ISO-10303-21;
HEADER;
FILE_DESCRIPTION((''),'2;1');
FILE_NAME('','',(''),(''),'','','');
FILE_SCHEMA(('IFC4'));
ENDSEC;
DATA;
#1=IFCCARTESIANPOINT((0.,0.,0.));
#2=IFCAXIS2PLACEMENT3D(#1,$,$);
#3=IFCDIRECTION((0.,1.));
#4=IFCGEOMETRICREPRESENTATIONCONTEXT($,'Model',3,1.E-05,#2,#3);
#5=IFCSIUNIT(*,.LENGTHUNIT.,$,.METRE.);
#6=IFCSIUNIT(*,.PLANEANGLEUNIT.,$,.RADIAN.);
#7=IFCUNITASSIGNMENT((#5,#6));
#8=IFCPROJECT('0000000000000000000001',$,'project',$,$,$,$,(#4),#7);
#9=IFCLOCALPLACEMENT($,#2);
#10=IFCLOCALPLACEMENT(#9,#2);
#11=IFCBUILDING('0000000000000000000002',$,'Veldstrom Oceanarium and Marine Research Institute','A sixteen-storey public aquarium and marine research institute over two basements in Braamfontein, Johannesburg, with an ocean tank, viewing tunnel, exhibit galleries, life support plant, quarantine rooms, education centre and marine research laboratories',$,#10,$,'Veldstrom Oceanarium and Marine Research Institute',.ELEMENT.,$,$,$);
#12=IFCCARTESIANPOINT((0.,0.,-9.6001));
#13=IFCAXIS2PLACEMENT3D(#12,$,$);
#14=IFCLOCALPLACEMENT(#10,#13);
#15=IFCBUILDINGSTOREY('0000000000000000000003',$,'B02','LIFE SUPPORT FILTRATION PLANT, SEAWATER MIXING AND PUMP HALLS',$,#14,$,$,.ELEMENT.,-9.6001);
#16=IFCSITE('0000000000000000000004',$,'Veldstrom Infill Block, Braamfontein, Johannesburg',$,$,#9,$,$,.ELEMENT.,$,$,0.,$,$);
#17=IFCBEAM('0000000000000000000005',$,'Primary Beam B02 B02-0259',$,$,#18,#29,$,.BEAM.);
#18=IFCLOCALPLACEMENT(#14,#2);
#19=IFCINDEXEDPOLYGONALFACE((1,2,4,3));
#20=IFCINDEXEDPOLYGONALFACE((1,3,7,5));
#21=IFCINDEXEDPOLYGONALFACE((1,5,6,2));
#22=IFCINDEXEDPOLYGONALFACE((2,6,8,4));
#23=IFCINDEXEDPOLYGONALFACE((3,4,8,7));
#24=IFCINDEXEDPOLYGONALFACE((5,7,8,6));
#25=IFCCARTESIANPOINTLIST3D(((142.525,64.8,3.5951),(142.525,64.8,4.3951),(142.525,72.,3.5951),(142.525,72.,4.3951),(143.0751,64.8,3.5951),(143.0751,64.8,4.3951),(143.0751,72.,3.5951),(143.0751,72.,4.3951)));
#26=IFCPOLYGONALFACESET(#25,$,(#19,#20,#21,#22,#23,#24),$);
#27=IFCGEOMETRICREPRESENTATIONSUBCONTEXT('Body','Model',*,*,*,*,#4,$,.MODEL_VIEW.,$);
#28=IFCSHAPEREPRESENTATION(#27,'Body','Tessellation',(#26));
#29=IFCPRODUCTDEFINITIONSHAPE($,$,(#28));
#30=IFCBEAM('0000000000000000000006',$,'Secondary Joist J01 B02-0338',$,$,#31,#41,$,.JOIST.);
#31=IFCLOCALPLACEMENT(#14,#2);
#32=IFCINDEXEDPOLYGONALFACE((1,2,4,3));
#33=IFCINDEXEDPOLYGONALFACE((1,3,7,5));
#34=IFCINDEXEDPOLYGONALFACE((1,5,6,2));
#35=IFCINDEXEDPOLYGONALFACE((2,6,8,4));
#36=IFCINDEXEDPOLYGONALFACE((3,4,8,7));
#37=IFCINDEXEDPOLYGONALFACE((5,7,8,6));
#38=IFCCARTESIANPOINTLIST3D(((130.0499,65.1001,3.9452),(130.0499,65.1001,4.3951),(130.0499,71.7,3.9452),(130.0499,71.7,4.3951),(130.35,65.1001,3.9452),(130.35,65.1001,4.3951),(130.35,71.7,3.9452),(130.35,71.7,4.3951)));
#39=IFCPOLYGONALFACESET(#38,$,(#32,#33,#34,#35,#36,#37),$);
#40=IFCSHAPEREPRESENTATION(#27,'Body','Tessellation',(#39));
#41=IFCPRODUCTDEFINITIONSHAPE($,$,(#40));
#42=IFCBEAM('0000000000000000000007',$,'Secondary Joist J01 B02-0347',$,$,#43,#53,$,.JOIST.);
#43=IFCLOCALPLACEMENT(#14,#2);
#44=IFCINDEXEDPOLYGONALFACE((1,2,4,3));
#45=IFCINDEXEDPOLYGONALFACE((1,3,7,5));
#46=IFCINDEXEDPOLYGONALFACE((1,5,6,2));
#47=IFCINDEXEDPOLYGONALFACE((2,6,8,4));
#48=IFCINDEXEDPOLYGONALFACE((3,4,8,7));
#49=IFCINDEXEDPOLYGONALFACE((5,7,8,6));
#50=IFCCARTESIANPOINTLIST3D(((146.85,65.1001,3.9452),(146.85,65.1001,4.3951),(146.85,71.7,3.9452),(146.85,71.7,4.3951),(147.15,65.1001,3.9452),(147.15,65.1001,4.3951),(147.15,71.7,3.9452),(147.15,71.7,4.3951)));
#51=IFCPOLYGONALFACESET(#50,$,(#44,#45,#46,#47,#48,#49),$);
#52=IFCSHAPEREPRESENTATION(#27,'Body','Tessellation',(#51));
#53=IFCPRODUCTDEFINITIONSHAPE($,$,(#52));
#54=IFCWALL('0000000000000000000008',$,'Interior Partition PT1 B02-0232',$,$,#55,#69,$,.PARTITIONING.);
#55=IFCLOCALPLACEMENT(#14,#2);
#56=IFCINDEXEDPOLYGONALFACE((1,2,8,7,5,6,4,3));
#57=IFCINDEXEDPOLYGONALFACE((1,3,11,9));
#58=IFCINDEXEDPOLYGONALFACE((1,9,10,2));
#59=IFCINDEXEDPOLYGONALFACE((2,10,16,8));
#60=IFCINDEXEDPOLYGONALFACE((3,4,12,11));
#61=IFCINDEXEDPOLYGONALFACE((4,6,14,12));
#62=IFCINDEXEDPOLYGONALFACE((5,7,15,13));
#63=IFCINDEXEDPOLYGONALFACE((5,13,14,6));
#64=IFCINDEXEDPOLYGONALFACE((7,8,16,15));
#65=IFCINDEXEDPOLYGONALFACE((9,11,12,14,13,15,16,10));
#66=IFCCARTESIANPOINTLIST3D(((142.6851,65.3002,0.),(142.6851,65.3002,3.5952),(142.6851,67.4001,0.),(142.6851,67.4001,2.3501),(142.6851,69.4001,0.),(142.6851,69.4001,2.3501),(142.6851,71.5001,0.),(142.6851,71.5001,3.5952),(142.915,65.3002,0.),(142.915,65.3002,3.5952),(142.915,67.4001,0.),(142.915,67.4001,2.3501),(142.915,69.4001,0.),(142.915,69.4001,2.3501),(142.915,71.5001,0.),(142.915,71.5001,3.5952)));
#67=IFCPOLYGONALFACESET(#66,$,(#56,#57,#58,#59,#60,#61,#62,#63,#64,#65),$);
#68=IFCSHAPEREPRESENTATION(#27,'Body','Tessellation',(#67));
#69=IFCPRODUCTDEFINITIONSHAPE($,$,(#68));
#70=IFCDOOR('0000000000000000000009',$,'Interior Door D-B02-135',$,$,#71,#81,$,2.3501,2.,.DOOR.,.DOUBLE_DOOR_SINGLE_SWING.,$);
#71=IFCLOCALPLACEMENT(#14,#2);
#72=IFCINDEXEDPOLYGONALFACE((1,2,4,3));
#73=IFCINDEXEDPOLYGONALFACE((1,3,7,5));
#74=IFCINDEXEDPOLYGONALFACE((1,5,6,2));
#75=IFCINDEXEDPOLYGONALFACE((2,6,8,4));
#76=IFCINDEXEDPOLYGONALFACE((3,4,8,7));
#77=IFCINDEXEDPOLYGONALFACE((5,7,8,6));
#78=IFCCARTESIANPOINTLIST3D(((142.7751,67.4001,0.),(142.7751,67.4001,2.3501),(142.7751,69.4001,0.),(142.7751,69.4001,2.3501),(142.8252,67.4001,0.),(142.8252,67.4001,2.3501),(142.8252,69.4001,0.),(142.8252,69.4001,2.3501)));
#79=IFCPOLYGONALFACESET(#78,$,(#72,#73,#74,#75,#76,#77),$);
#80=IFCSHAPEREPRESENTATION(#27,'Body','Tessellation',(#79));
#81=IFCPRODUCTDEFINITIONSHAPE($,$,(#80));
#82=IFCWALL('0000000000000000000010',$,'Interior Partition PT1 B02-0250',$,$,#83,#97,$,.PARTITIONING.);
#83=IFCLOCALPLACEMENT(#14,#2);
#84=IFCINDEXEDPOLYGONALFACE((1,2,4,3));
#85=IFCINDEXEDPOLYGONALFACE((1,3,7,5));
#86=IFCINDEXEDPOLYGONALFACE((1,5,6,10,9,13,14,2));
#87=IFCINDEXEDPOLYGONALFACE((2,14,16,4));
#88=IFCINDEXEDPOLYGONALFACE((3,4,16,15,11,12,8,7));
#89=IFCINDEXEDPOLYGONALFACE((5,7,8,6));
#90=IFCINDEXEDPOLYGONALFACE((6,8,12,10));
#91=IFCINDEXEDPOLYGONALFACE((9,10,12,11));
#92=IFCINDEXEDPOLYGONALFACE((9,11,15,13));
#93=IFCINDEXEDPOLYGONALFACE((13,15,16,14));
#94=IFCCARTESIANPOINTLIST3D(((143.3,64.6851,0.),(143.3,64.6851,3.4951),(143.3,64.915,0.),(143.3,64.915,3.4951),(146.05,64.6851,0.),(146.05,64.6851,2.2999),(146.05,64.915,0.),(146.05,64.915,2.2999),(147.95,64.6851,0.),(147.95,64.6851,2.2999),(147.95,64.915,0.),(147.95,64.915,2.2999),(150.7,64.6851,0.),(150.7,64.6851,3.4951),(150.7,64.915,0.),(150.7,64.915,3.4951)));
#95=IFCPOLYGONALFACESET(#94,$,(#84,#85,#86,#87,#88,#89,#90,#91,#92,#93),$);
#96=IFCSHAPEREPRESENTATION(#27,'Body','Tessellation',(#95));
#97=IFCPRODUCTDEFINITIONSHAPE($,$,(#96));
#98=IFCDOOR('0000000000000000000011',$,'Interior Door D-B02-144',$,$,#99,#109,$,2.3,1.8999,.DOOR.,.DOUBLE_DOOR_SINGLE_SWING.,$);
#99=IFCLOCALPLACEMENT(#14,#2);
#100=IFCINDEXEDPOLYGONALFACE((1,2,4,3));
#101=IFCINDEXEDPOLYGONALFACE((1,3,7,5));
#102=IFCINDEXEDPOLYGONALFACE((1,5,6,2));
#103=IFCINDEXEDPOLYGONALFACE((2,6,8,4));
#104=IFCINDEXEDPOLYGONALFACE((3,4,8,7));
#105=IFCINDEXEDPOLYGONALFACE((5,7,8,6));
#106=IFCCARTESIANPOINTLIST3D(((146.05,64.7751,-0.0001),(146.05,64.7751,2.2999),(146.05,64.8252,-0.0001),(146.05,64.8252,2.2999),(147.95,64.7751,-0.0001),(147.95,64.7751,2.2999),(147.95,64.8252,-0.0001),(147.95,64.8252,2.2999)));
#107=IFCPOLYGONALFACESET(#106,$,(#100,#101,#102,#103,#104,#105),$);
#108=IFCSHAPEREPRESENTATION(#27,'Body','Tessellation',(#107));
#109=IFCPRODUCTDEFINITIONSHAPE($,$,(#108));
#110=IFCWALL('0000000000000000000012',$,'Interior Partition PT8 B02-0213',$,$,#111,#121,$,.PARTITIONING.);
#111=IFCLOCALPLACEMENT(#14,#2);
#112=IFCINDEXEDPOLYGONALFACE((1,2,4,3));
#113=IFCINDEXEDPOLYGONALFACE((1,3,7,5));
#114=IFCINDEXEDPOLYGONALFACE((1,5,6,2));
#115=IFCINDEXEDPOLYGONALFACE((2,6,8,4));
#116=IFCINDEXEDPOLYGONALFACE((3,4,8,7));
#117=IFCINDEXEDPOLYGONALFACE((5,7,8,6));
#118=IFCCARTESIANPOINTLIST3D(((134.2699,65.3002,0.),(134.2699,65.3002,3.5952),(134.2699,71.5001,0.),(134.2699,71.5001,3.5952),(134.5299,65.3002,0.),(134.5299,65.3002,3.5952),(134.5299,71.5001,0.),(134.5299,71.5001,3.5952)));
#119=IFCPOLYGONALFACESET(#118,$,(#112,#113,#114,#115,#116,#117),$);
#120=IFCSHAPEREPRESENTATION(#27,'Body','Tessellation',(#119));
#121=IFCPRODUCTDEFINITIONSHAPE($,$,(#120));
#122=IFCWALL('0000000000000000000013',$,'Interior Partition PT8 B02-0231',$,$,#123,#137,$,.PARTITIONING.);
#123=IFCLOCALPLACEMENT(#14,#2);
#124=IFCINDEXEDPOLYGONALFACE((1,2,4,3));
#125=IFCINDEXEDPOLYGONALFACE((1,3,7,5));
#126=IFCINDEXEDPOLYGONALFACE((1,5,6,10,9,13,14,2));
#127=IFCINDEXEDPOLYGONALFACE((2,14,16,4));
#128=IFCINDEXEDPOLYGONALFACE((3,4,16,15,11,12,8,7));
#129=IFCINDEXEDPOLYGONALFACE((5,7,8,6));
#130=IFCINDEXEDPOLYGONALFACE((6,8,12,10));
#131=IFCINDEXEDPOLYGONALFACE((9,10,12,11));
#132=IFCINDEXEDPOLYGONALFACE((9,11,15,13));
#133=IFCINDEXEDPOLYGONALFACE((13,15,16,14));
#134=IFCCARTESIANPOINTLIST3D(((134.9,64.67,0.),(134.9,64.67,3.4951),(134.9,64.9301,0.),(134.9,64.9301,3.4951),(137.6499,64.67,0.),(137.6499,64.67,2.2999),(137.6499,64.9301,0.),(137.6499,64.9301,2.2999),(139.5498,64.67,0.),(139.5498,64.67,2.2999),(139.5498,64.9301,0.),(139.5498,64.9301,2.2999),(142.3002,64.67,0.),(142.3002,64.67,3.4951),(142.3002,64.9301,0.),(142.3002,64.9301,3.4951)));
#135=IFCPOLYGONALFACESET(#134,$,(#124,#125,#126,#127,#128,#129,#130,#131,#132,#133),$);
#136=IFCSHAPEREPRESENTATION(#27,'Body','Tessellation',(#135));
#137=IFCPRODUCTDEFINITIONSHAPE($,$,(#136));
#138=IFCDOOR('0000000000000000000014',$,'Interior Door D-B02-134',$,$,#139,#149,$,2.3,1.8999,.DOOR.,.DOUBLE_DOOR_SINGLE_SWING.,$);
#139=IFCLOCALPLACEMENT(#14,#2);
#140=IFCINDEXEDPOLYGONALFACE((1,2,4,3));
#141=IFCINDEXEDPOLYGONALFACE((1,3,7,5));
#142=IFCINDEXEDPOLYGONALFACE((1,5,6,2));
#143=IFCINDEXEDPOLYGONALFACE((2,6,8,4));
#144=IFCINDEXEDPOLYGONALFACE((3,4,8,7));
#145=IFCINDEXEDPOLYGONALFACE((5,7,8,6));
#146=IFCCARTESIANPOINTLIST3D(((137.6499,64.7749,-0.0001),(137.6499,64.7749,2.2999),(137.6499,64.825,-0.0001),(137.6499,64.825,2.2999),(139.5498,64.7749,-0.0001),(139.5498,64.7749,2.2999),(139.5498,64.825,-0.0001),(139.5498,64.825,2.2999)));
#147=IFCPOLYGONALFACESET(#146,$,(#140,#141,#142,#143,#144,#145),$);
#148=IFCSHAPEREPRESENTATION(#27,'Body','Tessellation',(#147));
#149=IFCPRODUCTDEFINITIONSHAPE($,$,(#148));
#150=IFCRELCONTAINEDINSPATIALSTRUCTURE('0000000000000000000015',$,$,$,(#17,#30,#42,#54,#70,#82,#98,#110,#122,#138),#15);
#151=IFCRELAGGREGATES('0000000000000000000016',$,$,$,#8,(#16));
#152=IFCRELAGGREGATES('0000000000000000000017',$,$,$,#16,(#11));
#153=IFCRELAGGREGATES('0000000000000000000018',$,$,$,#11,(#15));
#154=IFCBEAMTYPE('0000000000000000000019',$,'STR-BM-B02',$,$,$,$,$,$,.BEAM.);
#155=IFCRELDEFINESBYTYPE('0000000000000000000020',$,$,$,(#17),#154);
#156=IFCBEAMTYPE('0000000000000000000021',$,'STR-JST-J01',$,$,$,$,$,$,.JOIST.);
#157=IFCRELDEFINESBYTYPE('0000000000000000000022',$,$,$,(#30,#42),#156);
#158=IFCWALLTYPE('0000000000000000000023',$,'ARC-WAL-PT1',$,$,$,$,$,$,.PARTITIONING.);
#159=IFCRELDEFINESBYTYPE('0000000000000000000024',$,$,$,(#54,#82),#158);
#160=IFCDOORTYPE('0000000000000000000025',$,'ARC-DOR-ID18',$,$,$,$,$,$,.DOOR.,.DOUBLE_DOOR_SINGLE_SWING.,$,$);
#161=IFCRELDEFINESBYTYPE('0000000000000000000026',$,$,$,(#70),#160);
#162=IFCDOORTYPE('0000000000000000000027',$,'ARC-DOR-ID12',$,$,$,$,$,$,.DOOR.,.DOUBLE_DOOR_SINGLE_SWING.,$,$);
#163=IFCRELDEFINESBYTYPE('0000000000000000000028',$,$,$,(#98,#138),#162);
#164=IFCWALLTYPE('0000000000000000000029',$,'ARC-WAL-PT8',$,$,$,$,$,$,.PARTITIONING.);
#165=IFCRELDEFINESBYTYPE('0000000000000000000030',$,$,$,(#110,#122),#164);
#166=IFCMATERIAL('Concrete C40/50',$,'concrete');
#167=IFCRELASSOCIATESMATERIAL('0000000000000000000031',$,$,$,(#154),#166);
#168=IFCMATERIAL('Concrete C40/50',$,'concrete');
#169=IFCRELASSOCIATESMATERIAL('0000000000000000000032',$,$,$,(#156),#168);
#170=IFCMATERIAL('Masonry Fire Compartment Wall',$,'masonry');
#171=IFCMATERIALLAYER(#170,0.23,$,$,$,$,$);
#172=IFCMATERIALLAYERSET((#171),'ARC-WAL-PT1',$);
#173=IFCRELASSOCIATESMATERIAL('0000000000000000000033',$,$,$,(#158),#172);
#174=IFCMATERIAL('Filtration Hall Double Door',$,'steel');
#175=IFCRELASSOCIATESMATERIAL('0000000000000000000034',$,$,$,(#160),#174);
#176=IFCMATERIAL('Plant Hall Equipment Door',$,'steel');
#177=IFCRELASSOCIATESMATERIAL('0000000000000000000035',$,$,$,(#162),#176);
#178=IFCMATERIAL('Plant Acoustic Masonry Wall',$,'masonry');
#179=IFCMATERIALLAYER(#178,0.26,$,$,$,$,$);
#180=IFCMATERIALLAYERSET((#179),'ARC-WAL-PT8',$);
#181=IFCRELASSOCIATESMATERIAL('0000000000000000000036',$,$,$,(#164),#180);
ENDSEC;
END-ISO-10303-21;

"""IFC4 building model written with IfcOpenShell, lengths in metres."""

from ifc_helpers import new_model, si_unit, direction, frame, frame_2d, origin, origin_2d, place, context, subcontext, project, spatial, rectangle, extrude, material, layer, layer_set, material_profile, profile_set, type_object, element, fill, save


model = new_model("IFC4")

# Units and contexts
model_context = context("Model", 3, precision=1e-05, world=origin(), true_north=direction((0.0, 1.0)))
body_context = subcontext(model_context, "Body", "Model", "MODEL_VIEW")
ifc_project = project(units=[si_unit("LENGTHUNIT", "METRE"), si_unit("PLANEANGLEUNIT", "RADIAN")], contexts=[model_context])

# Site, building, storey
site_placement = place(None, origin())
site = spatial("IfcSite", under=ifc_project, at=site_placement, Name="Veldstrom Infill Block, Braamfontein, Johannesburg", CompositionType="ELEMENT", RefElevation=0.0)
building_placement = place(site_placement, origin())
building = spatial("IfcBuilding", under=site, at=building_placement, Name="Veldstrom Oceanarium and Marine Research Institute", Description="A sixteen-storey public aquarium and marine research institute over two basements in Braamfontein, Johannesburg, with an ocean tank, viewing tunnel, exhibit galleries, life support plant, quarantine rooms, education centre and marine research laboratories", LongName="Veldstrom Oceanarium and Marine Research Institute", CompositionType="ELEMENT")
storey_placement = place(building_placement, frame((0.0, 0.0, -9.6001)))
storey = spatial("IfcBuildingStorey", under=building, at=storey_placement, Name="B02", Description="LIFE SUPPORT FILTRATION PLANT, SEAWATER MIXING AND PUMP HALLS", CompositionType="ELEMENT", Elevation=-9.6001)

# Beams
ifc_material_1 = material(Name="Concrete C40/50", Category="concrete")
ifc_material_profile_1 = material_profile(ifc_material_1, rectangle(XDim=0.55, YDim=0.8, at=origin_2d()), Name="RC-BM-550x800")
ifc_profile_set_1 = profile_set([ifc_material_profile_1], Name="Concrete C40/50")
beam_type_1 = type_object("IfcBeamType", Name="STR-BM-B02", PredefinedType="BEAM", material=ifc_profile_set_1)
for number, where, z_axis, x_axis, name in (
    (1, (142.8, 64.8, 3.9951), (0.0, 1.0, 0.0), (-1.0, 0.0, 0.0), "Primary Beam B02 B02-0259"),
):
    element("IfcBeam", number, at=place(storey_placement, frame(where, z_axis=z_axis, x_axis=x_axis)), inside=storey, type_object=beam_type_1, Name=name, PredefinedType="BEAM", context=body_context, shape_type="SweptSolid", body=[
        extrude(rectangle(XDim=0.55, YDim=0.8, at=origin_2d()), origin(), (0.0, 0.0, 1.0), 7.2),
    ])
ifc_material_2 = material(Name="Concrete C40/50", Category="concrete")
ifc_material_profile_2 = material_profile(ifc_material_2, rectangle(XDim=0.3, YDim=0.45, at=origin_2d()), Name="RC-JST-300x450")
ifc_profile_set_2 = profile_set([ifc_material_profile_2], Name="Concrete C40/50")
beam_type_2 = type_object("IfcBeamType", Name="STR-JST-J01", PredefinedType="JOIST", material=ifc_profile_set_2)
for number, where, z_axis, x_axis, name in (
    (2, (130.2, 65.1001, 4.1702), (0.0, 1.0, 0.0), (-1.0, 0.0, 0.0), "Secondary Joist J01 B02-0338"),
    (3, (147.0, 65.1001, 4.1702), (0.0, 1.0, 0.0), (-1.0, 0.0, 0.0), "Secondary Joist J01 B02-0347"),
):
    element("IfcBeam", number, at=place(storey_placement, frame(where, z_axis=z_axis, x_axis=x_axis)), inside=storey, type_object=beam_type_2, Name=name, PredefinedType="JOIST", context=body_context, shape_type="SweptSolid", body=[
        extrude(rectangle(XDim=0.3, YDim=0.45, at=origin_2d()), origin(), (0.0, 0.0, 1.0), 6.5999),
    ])

# Walls, openings, doors
ifc_material_3 = material(Name="Masonry Fire Compartment Wall", Category="masonry")
ifc_layer_1 = layer(ifc_material_3, 0.23)
ifc_layer_set_1 = layer_set([ifc_layer_1], Name="ARC-WAL-PT1")
wall_type_1 = type_object("IfcWallType", Name="ARC-WAL-PT1", PredefinedType="PARTITIONING", material=ifc_layer_set_1)
wall_1_placement = place(storey_placement, frame((142.8, 65.3, 0.0), z_axis=(0.0, 0.0, 1.0), x_axis=(0.0, 1.0, 0.0)))
wall_1 = element("IfcWall", 4, at=wall_1_placement, inside=storey, type_object=wall_type_1, Name="Interior Partition PT1 B02-0232", PredefinedType="PARTITIONING", context=body_context, shape_type="SweptSolid", body=[
    extrude(rectangle(XDim=6.2, YDim=0.23, at=frame_2d((3.1001, 0.0))), origin(), (0.0, 0.0, 1.0), 3.5952),
])
opening_1_placement = place(wall_1_placement, frame((2.1001, 0.0, 0.0)))
opening_1 = element("IfcOpeningElement", 5, at=opening_1_placement, cuts=wall_1, PredefinedType="OPENING", context=body_context, shape_type="SweptSolid", body=[
    extrude(rectangle(XDim=2.0, YDim=2.3501, at=frame_2d((1.0, 1.175))), frame((0.0, 0.125, 0.0), z_axis=(0.0, -1.0, 0.0), x_axis=(1.0, 0.0, 0.0)), (0.0, 0.0, 1.0), 0.25),
])
ifc_material_4 = material(Name="Filtration Hall Double Door", Category="steel")
door_type_1 = type_object("IfcDoorType", Name="ARC-DOR-ID18", OperationType="DOUBLE_DOOR_SINGLE_SWING", PredefinedType="DOOR", material=ifc_material_4)
door_1_placement = place(opening_1_placement, origin())
door_1 = element("IfcDoor", 6, at=door_1_placement, inside=storey, type_object=door_type_1, Name="Interior Door D-B02-135", OperationType="DOUBLE_DOOR_SINGLE_SWING", OverallHeight=2.3501, OverallWidth=2.0, PredefinedType="DOOR", context=body_context, shape_type="SweptSolid", body=[
    extrude(rectangle(XDim=2.0, YDim=2.3501, at=frame_2d((1.0, 1.175))), frame((0.0, 0.0249, 0.0), z_axis=(0.0, -1.0, 0.0), x_axis=(1.0, 0.0, 0.0)), (0.0, 0.0, 1.0), 0.05),
])
fill(opening_1, door_1)
wall_2_placement = place(storey_placement, frame((143.3, 64.8, 0.0), z_axis=(0.0, 0.0, 1.0), x_axis=(1.0, 0.0, 0.0)))
wall_2 = element("IfcWall", 7, at=wall_2_placement, inside=storey, type_object=wall_type_1, Name="Interior Partition PT1 B02-0250", PredefinedType="PARTITIONING", context=body_context, shape_type="SweptSolid", body=[
    extrude(rectangle(XDim=7.3999, YDim=0.23, at=frame_2d((3.7, 0.0))), origin(), (0.0, 0.0, 1.0), 3.4951),
])
opening_2_placement = place(wall_2_placement, frame((2.75, 0.0, 0.0)))
opening_2 = element("IfcOpeningElement", 8, at=opening_2_placement, cuts=wall_2, PredefinedType="OPENING", context=body_context, shape_type="SweptSolid", body=[
    extrude(rectangle(XDim=1.8999, YDim=2.3, at=frame_2d((0.95, 1.1499))), frame((0.0, 0.125, 0.0), z_axis=(0.0, -1.0, 0.0), x_axis=(1.0, 0.0, 0.0)), (0.0, 0.0, 1.0), 0.25),
])
ifc_material_5 = material(Name="Plant Hall Equipment Door", Category="steel")
door_type_2 = type_object("IfcDoorType", Name="ARC-DOR-ID12", OperationType="DOUBLE_DOOR_SINGLE_SWING", PredefinedType="DOOR", material=ifc_material_5)
door_2_placement = place(opening_2_placement, frame((1.8999, 0.0, 0.0), z_axis=(0.0, 0.0, 1.0), x_axis=(-1.0, 0.0, 0.0)))
door_2 = element("IfcDoor", 9, at=door_2_placement, inside=storey, type_object=door_type_2, Name="Interior Door D-B02-144", OperationType="DOUBLE_DOOR_SINGLE_SWING", OverallHeight=2.3, OverallWidth=1.8999, PredefinedType="DOOR", context=body_context, shape_type="SweptSolid", body=[
    extrude(rectangle(XDim=1.8999, YDim=2.3, at=frame_2d((0.95, 1.1499))), frame((0.0, 0.0249, 0.0), z_axis=(0.0, -1.0, 0.0), x_axis=(1.0, 0.0, 0.0)), (0.0, 0.0, 1.0), 0.05),
])
fill(opening_2, door_2)

# Wall
ifc_material_6 = material(Name="Plant Acoustic Masonry Wall", Category="masonry")
ifc_layer_2 = layer(ifc_material_6, 0.26)
ifc_layer_set_2 = layer_set([ifc_layer_2], Name="ARC-WAL-PT8")
wall_type_2 = type_object("IfcWallType", Name="ARC-WAL-PT8", PredefinedType="PARTITIONING", material=ifc_layer_set_2)
wall_3_placement = place(storey_placement, frame((134.3999, 65.3, 0.0), z_axis=(0.0, 0.0, 1.0), x_axis=(0.0, 1.0, 0.0)))
element("IfcWall", 10, at=wall_3_placement, inside=storey, type_object=wall_type_2, Name="Interior Partition PT8 B02-0213", PredefinedType="PARTITIONING", context=body_context, shape_type="SweptSolid", body=[
    extrude(rectangle(XDim=6.2, YDim=0.26, at=frame_2d((3.1001, 0.0))), origin(), (0.0, 0.0, 1.0), 3.5952),
])

# Wall, opening, door
wall_4_placement = place(storey_placement, frame((134.8999, 64.8, 0.0), z_axis=(0.0, 0.0, 1.0), x_axis=(1.0, 0.0, 0.0)))
wall_4 = element("IfcWall", 11, at=wall_4_placement, inside=storey, type_object=wall_type_2, Name="Interior Partition PT8 B02-0231", PredefinedType="PARTITIONING", context=body_context, shape_type="SweptSolid", body=[
    extrude(rectangle(XDim=7.4001, YDim=0.26, at=frame_2d((3.7002, 0.0))), origin(), (0.0, 0.0, 1.0), 3.4951),
])
opening_3_placement = place(wall_4_placement, frame((2.75, 0.0, 0.0)))
opening_3 = element("IfcOpeningElement", 12, at=opening_3_placement, cuts=wall_4, PredefinedType="OPENING", context=body_context, shape_type="SweptSolid", body=[
    extrude(rectangle(XDim=1.8999, YDim=2.3, at=frame_2d((0.95, 1.1499))), frame((0.0, 0.1399, 0.0), z_axis=(0.0, -1.0, 0.0), x_axis=(1.0, 0.0, 0.0)), (0.0, 0.0, 1.0), 0.28),
])
door_3_placement = place(opening_3_placement, origin())
door_3 = element("IfcDoor", 13, at=door_3_placement, inside=storey, type_object=door_type_2, Name="Interior Door D-B02-134", OperationType="DOUBLE_DOOR_SINGLE_SWING", OverallHeight=2.3, OverallWidth=1.8999, PredefinedType="DOOR", context=body_context, shape_type="SweptSolid", body=[
    extrude(rectangle(XDim=1.8999, YDim=2.3, at=frame_2d((0.95, 1.1499))), frame((0.0, 0.0249, 0.0), z_axis=(0.0, -1.0, 0.0), x_axis=(1.0, 0.0, 0.0)), (0.0, 0.0, 1.0), 0.05),
])
fill(opening_3, door_3)

save(model, "model.ifc")
